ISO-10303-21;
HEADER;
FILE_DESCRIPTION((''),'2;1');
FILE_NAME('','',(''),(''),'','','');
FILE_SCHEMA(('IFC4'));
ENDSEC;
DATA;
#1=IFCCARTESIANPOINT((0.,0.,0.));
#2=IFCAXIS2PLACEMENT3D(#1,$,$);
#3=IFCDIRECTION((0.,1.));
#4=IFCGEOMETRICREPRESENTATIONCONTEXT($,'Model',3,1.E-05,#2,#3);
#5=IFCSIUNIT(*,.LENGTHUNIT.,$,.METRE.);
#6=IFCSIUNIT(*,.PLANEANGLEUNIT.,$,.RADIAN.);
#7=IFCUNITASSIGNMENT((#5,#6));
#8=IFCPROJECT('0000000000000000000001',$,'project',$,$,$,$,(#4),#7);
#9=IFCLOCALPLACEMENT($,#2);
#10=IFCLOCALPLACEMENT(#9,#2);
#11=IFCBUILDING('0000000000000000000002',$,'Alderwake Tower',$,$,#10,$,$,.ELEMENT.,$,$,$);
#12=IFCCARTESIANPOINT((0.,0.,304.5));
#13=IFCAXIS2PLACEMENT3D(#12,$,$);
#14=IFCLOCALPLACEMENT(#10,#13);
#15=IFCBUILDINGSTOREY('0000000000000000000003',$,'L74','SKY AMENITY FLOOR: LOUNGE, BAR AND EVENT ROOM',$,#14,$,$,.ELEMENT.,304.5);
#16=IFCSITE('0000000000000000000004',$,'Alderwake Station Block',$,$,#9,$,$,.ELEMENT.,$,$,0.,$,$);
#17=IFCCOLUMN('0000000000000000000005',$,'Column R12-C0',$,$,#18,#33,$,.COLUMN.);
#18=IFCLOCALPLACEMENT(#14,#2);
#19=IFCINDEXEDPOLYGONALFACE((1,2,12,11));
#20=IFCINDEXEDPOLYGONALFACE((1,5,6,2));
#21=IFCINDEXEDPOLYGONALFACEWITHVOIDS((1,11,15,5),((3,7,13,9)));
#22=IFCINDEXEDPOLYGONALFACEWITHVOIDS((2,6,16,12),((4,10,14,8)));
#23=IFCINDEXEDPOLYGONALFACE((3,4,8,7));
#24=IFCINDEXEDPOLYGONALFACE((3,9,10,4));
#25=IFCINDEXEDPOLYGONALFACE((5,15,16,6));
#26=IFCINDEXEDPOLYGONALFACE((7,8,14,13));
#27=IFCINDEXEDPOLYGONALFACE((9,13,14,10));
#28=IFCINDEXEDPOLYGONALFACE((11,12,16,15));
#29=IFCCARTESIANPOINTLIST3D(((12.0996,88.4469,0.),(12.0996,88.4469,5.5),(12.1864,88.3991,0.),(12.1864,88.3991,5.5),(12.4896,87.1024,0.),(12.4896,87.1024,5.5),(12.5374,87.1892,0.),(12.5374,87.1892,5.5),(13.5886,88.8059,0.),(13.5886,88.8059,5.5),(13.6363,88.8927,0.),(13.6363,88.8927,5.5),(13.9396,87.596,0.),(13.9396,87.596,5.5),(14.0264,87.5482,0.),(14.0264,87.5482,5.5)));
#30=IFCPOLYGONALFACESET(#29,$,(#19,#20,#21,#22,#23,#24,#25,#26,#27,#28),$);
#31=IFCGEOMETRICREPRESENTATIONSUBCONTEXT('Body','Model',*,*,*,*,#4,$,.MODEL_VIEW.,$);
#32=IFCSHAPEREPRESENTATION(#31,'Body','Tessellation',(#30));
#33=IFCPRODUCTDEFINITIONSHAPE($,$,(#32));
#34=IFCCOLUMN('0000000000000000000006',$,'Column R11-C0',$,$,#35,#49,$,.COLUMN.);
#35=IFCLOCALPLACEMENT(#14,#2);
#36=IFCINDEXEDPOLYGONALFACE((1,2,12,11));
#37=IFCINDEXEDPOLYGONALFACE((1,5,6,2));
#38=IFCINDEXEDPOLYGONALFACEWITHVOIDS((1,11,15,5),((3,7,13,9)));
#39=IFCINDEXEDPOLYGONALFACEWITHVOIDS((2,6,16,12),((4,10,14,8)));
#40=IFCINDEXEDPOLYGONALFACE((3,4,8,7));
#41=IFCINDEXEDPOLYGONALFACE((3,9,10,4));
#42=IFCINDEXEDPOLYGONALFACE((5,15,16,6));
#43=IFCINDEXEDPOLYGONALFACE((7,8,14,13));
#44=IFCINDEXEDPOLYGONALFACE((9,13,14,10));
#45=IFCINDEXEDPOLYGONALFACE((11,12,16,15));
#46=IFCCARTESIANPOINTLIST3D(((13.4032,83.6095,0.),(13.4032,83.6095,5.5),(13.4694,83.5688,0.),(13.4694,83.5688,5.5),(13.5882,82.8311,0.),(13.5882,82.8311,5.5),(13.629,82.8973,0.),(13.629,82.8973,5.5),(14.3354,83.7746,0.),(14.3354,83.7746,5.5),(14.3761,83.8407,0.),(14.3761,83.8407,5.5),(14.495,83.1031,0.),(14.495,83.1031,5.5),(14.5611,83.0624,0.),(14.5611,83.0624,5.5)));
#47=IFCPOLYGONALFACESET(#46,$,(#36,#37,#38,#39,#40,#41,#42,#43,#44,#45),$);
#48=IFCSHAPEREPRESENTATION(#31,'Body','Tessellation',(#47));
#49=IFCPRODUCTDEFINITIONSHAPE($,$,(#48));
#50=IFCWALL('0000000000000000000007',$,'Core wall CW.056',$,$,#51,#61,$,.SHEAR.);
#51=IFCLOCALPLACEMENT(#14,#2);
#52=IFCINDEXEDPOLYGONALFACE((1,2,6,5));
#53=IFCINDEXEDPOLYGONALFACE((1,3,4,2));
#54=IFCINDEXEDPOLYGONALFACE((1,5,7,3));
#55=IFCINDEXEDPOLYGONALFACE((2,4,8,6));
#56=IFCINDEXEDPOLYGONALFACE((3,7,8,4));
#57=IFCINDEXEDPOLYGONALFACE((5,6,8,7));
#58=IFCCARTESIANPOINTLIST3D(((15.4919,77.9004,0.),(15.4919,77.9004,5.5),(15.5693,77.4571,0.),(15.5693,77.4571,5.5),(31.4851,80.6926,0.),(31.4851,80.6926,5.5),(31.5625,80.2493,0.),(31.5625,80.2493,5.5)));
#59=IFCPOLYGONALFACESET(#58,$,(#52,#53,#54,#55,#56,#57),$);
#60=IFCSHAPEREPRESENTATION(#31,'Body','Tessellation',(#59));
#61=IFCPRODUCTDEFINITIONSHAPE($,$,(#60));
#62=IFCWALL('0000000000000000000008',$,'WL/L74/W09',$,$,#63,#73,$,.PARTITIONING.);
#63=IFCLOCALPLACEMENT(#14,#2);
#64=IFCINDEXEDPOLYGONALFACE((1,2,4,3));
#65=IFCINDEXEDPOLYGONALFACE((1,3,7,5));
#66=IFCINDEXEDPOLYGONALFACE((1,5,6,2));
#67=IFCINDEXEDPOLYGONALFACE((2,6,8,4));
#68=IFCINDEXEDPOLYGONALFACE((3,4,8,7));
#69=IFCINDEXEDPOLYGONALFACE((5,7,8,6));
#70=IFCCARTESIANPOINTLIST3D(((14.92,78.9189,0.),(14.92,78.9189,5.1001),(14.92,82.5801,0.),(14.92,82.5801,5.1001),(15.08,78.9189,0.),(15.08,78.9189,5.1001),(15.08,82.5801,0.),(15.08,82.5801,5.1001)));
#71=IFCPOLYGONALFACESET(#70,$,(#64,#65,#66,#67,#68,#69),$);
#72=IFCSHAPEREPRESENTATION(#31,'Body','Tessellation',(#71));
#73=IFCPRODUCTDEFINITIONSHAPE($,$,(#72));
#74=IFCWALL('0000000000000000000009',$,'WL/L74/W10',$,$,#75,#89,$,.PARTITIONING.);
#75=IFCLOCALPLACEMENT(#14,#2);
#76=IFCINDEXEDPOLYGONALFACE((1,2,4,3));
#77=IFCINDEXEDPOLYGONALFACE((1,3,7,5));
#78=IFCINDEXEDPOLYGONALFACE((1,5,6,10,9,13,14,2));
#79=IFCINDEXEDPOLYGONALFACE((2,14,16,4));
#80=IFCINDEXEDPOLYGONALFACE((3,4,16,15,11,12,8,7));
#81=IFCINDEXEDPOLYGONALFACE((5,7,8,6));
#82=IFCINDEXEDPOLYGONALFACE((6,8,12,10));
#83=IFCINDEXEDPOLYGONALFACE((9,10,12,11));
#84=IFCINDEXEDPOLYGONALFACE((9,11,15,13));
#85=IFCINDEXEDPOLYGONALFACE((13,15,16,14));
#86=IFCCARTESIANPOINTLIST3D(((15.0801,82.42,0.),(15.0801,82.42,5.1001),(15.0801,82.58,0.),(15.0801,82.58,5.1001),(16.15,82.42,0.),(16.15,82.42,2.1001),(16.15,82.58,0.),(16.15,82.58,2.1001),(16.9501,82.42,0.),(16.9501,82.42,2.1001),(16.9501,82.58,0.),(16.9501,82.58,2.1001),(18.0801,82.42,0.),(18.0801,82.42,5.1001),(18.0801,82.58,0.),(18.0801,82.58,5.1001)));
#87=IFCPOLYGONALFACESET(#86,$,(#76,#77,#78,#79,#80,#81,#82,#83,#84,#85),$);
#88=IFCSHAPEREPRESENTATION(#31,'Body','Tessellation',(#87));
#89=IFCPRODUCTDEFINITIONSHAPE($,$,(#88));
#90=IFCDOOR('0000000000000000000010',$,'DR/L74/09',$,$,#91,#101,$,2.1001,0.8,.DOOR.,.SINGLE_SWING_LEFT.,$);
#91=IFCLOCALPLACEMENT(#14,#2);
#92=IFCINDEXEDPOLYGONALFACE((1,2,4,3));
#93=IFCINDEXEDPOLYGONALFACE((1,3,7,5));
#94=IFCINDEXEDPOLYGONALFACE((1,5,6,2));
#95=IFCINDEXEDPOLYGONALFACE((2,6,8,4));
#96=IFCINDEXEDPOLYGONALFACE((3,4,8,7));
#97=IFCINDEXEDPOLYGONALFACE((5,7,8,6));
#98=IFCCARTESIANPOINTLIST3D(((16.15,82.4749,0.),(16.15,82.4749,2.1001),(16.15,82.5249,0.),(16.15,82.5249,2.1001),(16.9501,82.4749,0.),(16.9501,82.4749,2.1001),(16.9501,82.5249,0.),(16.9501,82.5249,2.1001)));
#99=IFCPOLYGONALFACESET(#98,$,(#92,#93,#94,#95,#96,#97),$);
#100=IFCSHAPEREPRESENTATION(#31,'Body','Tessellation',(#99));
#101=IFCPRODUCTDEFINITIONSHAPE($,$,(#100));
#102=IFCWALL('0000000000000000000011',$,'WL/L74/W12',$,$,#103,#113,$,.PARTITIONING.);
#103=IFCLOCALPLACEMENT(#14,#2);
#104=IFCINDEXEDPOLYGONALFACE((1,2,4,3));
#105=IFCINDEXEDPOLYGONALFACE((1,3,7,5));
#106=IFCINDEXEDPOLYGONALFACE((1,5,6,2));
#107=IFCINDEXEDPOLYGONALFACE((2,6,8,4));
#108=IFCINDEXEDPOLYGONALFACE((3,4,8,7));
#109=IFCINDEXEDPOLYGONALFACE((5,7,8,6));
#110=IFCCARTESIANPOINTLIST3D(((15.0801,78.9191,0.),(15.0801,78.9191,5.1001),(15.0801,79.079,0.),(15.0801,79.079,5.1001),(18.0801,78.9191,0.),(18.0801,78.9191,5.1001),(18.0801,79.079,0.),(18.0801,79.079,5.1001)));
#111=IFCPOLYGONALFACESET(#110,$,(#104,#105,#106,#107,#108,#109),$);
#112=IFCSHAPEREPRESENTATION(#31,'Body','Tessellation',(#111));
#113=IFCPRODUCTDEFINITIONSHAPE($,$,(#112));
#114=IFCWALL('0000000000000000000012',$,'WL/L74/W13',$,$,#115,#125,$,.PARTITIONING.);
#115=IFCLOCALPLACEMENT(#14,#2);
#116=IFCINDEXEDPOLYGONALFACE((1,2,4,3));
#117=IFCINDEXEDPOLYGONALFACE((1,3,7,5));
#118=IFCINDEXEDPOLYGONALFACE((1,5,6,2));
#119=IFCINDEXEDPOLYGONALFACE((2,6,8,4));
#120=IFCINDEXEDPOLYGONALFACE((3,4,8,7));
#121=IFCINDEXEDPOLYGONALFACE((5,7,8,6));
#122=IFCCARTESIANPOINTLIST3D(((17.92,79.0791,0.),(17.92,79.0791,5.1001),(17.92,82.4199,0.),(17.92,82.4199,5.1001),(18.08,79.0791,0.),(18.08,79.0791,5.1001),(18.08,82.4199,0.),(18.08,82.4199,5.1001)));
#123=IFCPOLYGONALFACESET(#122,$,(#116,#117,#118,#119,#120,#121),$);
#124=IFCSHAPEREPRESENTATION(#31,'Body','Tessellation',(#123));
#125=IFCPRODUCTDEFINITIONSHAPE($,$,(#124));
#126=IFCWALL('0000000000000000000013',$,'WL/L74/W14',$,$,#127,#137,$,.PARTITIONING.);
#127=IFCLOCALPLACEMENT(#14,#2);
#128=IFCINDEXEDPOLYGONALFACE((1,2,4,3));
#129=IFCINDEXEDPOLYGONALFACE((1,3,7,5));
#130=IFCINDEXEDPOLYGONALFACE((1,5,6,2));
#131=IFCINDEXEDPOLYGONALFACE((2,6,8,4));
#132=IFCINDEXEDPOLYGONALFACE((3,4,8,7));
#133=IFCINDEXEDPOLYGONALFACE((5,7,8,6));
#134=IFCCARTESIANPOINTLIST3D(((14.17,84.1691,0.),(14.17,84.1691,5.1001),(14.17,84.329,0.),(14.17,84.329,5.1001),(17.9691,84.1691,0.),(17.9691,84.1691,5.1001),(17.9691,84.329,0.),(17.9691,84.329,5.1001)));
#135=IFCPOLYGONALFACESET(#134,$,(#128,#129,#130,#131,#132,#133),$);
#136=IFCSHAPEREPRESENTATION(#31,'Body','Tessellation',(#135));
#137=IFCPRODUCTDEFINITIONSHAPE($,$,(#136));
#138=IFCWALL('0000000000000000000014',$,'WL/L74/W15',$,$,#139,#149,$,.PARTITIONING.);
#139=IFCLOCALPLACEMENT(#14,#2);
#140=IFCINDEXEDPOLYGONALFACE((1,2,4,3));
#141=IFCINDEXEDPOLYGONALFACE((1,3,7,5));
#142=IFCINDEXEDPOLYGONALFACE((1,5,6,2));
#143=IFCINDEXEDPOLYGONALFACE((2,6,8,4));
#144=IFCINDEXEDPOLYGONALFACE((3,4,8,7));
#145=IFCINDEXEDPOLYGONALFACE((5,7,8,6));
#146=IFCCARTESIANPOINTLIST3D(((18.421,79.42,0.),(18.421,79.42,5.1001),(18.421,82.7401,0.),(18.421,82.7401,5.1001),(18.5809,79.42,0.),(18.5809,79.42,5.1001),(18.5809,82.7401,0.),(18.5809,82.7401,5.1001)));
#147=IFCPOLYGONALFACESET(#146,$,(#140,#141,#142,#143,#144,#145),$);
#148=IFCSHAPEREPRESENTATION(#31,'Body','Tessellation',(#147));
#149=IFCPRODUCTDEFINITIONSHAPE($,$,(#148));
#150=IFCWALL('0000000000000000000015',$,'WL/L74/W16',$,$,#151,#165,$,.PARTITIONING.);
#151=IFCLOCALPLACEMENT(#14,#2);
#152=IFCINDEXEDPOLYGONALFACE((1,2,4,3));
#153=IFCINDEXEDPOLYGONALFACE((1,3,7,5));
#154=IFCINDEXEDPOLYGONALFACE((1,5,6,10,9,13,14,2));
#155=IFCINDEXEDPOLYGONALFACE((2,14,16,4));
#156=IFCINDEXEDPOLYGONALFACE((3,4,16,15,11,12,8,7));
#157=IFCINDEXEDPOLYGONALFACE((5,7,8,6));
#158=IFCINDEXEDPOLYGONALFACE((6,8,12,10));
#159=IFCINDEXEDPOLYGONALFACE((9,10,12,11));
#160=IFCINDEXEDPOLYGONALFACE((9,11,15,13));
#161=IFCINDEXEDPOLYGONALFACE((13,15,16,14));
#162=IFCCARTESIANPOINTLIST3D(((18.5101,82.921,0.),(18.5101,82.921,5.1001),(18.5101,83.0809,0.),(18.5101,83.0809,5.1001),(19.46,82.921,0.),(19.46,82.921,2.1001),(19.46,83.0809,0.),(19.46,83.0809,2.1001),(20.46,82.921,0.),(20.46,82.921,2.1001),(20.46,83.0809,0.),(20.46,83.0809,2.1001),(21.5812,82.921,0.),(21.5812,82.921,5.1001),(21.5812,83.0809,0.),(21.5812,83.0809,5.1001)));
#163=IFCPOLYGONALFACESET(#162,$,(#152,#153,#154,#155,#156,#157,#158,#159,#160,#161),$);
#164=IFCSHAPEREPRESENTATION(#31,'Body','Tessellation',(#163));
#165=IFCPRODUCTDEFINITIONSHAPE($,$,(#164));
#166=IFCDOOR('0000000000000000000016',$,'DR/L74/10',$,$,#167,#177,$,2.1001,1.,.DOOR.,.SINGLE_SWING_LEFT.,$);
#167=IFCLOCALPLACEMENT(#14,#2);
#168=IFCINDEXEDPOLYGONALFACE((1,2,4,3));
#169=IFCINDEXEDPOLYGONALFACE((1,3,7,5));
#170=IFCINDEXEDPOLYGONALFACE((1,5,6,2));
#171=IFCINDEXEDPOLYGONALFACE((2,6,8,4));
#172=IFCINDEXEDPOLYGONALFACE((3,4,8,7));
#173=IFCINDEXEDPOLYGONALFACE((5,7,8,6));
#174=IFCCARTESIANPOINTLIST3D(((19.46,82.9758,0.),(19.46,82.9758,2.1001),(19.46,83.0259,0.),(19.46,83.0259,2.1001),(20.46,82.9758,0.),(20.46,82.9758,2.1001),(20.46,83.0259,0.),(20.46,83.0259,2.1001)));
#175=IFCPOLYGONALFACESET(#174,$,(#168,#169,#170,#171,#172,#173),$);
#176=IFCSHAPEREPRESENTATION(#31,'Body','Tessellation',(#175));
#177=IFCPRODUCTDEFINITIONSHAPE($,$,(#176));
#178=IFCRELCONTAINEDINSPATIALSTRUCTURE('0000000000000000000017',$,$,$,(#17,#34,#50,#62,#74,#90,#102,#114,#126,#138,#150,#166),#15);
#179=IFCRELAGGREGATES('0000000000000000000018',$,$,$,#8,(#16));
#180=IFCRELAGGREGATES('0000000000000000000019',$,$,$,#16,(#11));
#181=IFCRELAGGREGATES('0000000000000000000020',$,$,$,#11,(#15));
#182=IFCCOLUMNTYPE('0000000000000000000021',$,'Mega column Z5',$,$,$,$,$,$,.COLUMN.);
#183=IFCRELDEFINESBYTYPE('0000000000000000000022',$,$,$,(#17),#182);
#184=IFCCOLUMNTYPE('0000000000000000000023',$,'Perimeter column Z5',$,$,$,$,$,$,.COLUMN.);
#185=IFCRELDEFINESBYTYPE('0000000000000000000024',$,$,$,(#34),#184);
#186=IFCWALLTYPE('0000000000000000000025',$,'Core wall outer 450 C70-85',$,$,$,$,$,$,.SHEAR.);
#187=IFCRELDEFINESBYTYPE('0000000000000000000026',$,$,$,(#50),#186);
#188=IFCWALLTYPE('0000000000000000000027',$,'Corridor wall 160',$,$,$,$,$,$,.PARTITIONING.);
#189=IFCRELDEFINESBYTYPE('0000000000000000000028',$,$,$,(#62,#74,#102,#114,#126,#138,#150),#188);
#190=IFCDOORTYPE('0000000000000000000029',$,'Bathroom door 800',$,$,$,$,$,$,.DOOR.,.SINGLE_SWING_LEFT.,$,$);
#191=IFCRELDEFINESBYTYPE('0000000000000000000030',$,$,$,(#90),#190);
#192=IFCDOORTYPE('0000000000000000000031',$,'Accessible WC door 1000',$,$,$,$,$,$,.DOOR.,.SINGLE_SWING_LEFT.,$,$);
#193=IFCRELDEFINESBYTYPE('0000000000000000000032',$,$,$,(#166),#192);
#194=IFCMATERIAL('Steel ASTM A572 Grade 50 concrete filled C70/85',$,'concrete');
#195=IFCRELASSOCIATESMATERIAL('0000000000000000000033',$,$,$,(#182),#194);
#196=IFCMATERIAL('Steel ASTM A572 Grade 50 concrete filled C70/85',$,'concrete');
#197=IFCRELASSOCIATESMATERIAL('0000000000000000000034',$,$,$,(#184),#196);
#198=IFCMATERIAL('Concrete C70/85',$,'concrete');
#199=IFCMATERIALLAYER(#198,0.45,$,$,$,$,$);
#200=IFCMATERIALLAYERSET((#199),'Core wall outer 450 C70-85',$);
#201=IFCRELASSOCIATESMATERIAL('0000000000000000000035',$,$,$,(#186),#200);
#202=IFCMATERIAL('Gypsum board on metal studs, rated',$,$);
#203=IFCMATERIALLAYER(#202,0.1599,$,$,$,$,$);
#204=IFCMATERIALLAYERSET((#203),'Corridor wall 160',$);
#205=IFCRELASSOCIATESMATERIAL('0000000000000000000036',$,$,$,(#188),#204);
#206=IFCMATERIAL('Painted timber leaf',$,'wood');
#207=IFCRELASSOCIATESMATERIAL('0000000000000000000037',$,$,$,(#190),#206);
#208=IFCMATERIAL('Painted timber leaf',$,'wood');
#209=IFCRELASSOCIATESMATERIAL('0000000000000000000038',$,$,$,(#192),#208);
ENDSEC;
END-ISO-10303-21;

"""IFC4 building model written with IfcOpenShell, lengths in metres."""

from ifc_helpers import new_model, si_unit, direction, frame, frame_2d, origin, origin_2d, place, context, subcontext, project, spatial, rectangle, hollow_rectangle, extrude, material, layer, layer_set, material_profile, profile_set, type_object, element, fill, save


model = new_model("IFC4")

# Units and contexts
model_context = context("Model", 3, precision=1e-05, world=origin(), true_north=direction((0.0, 1.0)))
body_context = subcontext(model_context, "Body", "Model", "MODEL_VIEW")
ifc_project = project(units=[si_unit("LENGTHUNIT", "METRE"), si_unit("PLANEANGLEUNIT", "RADIAN")], contexts=[model_context])

# Site, building, storey
site_placement = place(None, origin())
site = spatial("IfcSite", under=ifc_project, at=site_placement, Name="Alderwake Station Block", CompositionType="ELEMENT", RefElevation=0.0)
building_placement = place(site_placement, origin())
building = spatial("IfcBuilding", under=site, at=building_placement, Name="Alderwake Tower", CompositionType="ELEMENT")
storey_placement = place(building_placement, frame((0.0, 0.0, 304.5)))
storey = spatial("IfcBuildingStorey", under=building, at=storey_placement, Name="L74", Description="SKY AMENITY FLOOR: LOUNGE, BAR AND EVENT ROOM", CompositionType="ELEMENT", Elevation=304.5)

# Columns
ifc_material_1 = material(Name="Steel ASTM A572 Grade 50 concrete filled C70/85", Category="concrete")
ifc_material_profile_1 = material_profile(ifc_material_1, hollow_rectangle(XDim=1.3999, YDim=1.6001, WallThickness=0.0701, at=origin_2d()), Name="BOX 1600X1400X70")
ifc_profile_set_1 = profile_set([ifc_material_profile_1], Name="Steel ASTM A572 Grade 50 concrete filled C70/85")
column_type_1 = type_object("IfcColumnType", Name="Mega column Z5", PredefinedType="COLUMN", material=ifc_profile_set_1)
column_1_placement = place(storey_placement, frame((13.063, 87.9976, 0.0), z_axis=(0.0, 0.0, 1.0), x_axis=(-0.278612, 0.960404, 0.0)))
element("IfcColumn", 1, at=column_1_placement, inside=storey, type_object=column_type_1, Name="Column R12-C0", PredefinedType="COLUMN", context=body_context, shape_type="SweptSolid", body=[
    extrude(hollow_rectangle(XDim=1.3999, YDim=1.6001, WallThickness=0.0701, at=origin_2d()), origin(), (0.0, 0.0, 1.0), 5.5),
])
ifc_material_2 = material(Name="Steel ASTM A572 Grade 50 concrete filled C70/85", Category="concrete")
ifc_material_profile_2 = material_profile(ifc_material_2, hollow_rectangle(XDim=0.8, YDim=1.0, WallThickness=0.0549, at=origin_2d()), Name="BOX 1000X800X55")
ifc_profile_set_2 = profile_set([ifc_material_profile_2], Name="Steel ASTM A572 Grade 50 concrete filled C70/85")
column_type_2 = type_object("IfcColumnType", Name="Perimeter column Z5", PredefinedType="COLUMN", material=ifc_profile_set_2)
column_2_placement = place(storey_placement, frame((13.9822, 83.3359, 0.0), z_axis=(0.0, 0.0, 1.0), x_axis=(-0.231222, 0.972901, 0.0)))
element("IfcColumn", 2, at=column_2_placement, inside=storey, type_object=column_type_2, Name="Column R11-C0", PredefinedType="COLUMN", context=body_context, shape_type="SweptSolid", body=[
    extrude(hollow_rectangle(XDim=0.8, YDim=1.0, WallThickness=0.0549, at=origin_2d()), origin(), (0.0, 0.0, 1.0), 5.5),
])

# Walls
ifc_material_3 = material(Name="Concrete C70/85", Category="concrete")
ifc_layer_1 = layer(ifc_material_3, 0.45)
ifc_layer_set_1 = layer_set([ifc_layer_1], Name="Core wall outer 450 C70-85")
wall_type_1 = type_object("IfcWallType", Name="Core wall outer 450 C70-85", PredefinedType="SHEAR", material=ifc_layer_set_1)
wall_1_placement = place(storey_placement, frame((15.5305, 77.6787, 0.0), z_axis=(0.0, 0.0, 1.0), x_axis=(0.985099, 0.171988, 0.0)))
element("IfcWall", 3, at=wall_1_placement, inside=storey, type_object=wall_type_1, Name="Core wall CW.056", PredefinedType="SHEAR", context=body_context, shape_type="SweptSolid", body=[
    extrude(rectangle(XDim=16.2351, YDim=0.45, at=frame_2d((8.1177, 0.0))), origin(), (0.0, 0.0, 1.0), 5.5),
])
ifc_material_4 = material(Name="Gypsum board on metal studs, rated")
ifc_layer_2 = layer(ifc_material_4, 0.1599)
ifc_layer_set_2 = layer_set([ifc_layer_2], Name="Corridor wall 160")
wall_type_2 = type_object("IfcWallType", Name="Corridor wall 160", PredefinedType="PARTITIONING", material=ifc_layer_set_2)
wall_2_placement = place(storey_placement, frame((15.0, 82.5801, 0.0), z_axis=(0.0, 0.0, 1.0), x_axis=(0.0, -1.0, 0.0)))
element("IfcWall", 4, at=wall_2_placement, inside=storey, type_object=wall_type_2, Name="WL/L74/W09", PredefinedType="PARTITIONING", context=body_context, shape_type="SweptSolid", body=[
    extrude(rectangle(XDim=3.6611, YDim=0.1599, at=frame_2d((1.8306, 0.0))), origin(), (0.0, 0.0, 1.0), 5.1001),
])

# Wall, opening, door
wall_3_placement = place(storey_placement, frame((15.0801, 82.5, 0.0), z_axis=(0.0, 0.0, 1.0), x_axis=(1.0, 0.0, 0.0)))
wall_3 = element("IfcWall", 5, at=wall_3_placement, inside=storey, type_object=wall_type_2, Name="WL/L74/W10", PredefinedType="PARTITIONING", context=body_context, shape_type="SweptSolid", body=[
    extrude(rectangle(XDim=3.0, YDim=0.1599, at=frame_2d((1.5, 0.0))), origin(), (0.0, 0.0, 1.0), 5.1001),
])
opening_1_placement = place(wall_3_placement, frame((1.0701, 0.0, 0.0)))
opening_1 = element("IfcOpeningElement", 6, at=opening_1_placement, cuts=wall_3, PredefinedType="OPENING", context=body_context, shape_type="SweptSolid", body=[
    extrude(rectangle(XDim=0.8, YDim=2.1001, at=frame_2d((0.3999, 1.05))), frame((0.0, 0.0898, 0.0), z_axis=(0.0, -1.0, 0.0), x_axis=(1.0, 0.0, 0.0)), (0.0, 0.0, 1.0), 0.1799),
])
ifc_material_5 = material(Name="Painted timber leaf", Category="wood")
door_type_1 = type_object("IfcDoorType", Name="Bathroom door 800", OperationType="SINGLE_SWING_LEFT", PredefinedType="DOOR", material=ifc_material_5)
door_1_placement = place(opening_1_placement, origin())
door_1 = element("IfcDoor", 7, at=door_1_placement, inside=storey, type_object=door_type_1, Name="DR/L74/09", OperationType="SINGLE_SWING_LEFT", OverallHeight=2.1001, OverallWidth=0.8, PredefinedType="DOOR", context=body_context, shape_type="SweptSolid", body=[
    extrude(rectangle(XDim=0.8, YDim=2.1001, at=frame_2d((0.3999, 1.05))), frame((0.0, 0.0249, 0.0), z_axis=(0.0, -1.0, 0.0), x_axis=(1.0, 0.0, 0.0)), (0.0, 0.0, 1.0), 0.05),
])
fill(opening_1, door_1)

# Walls
wall_4_placement = place(storey_placement, frame((18.0801, 78.999, 0.0), z_axis=(0.0, 0.0, 1.0), x_axis=(-1.0, 0.0, 0.0)))
element("IfcWall", 8, at=wall_4_placement, inside=storey, type_object=wall_type_2, Name="WL/L74/W12", PredefinedType="PARTITIONING", context=body_context, shape_type="SweptSolid", body=[
    extrude(rectangle(XDim=3.0, YDim=0.1599, at=frame_2d((1.5, 0.0))), origin(), (0.0, 0.0, 1.0), 5.1001),
])
wall_5_placement = place(storey_placement, frame((18.0, 82.4199, 0.0), z_axis=(0.0, 0.0, 1.0), x_axis=(0.0, -1.0, 0.0)))
element("IfcWall", 9, at=wall_5_placement, inside=storey, type_object=wall_type_2, Name="WL/L74/W13", PredefinedType="PARTITIONING", context=body_context, shape_type="SweptSolid", body=[
    extrude(rectangle(XDim=3.3408, YDim=0.1599, at=frame_2d((1.6704, 0.0))), origin(), (0.0, 0.0, 1.0), 5.1001),
])
wall_6_placement = place(storey_placement, frame((17.969, 84.249, 0.0), z_axis=(0.0, 0.0, 1.0), x_axis=(-1.0, 0.0, 0.0)))
element("IfcWall", 10, at=wall_6_placement, inside=storey, type_object=wall_type_2, Name="WL/L74/W14", PredefinedType="PARTITIONING", context=body_context, shape_type="SweptSolid", body=[
    extrude(rectangle(XDim=3.7991, YDim=0.1599, at=frame_2d((1.8994, 0.0))), origin(), (0.0, 0.0, 1.0), 5.1001),
])
wall_7_placement = place(storey_placement, frame((18.501, 79.4199, 0.0), z_axis=(0.0, 0.0, 1.0), x_axis=(0.0, 1.0, 0.0)))
element("IfcWall", 11, at=wall_7_placement, inside=storey, type_object=wall_type_2, Name="WL/L74/W15", PredefinedType="PARTITIONING", context=body_context, shape_type="SweptSolid", body=[
    extrude(rectangle(XDim=3.3201, YDim=0.1599, at=frame_2d((1.6602, 0.0))), origin(), (0.0, 0.0, 1.0), 5.1001),
])

# Wall, opening, door
wall_8_placement = place(storey_placement, frame((18.51, 83.001, 0.0), z_axis=(0.0, 0.0, 1.0), x_axis=(1.0, 0.0, 0.0)))
wall_8 = element("IfcWall", 12, at=wall_8_placement, inside=storey, type_object=wall_type_2, Name="WL/L74/W16", PredefinedType="PARTITIONING", context=body_context, shape_type="SweptSolid", body=[
    extrude(rectangle(XDim=3.071, YDim=0.1599, at=frame_2d((1.5356, 0.0))), origin(), (0.0, 0.0, 1.0), 5.1001),
])
opening_2_placement = place(wall_8_placement, frame((0.95, 0.0, 0.0)))
opening_2 = element("IfcOpeningElement", 13, at=opening_2_placement, cuts=wall_8, PredefinedType="OPENING", context=body_context, shape_type="SweptSolid", body=[
    extrude(rectangle(XDim=1.0, YDim=2.1001, at=frame_2d((0.5, 1.05))), frame((0.0, 0.0898, 0.0), z_axis=(0.0, -1.0, 0.0), x_axis=(1.0, 0.0, 0.0)), (0.0, 0.0, 1.0), 0.1799),
])
ifc_material_6 = material(Name="Painted timber leaf", Category="wood")
door_type_2 = type_object("IfcDoorType", Name="Accessible WC door 1000", OperationType="SINGLE_SWING_LEFT", PredefinedType="DOOR", material=ifc_material_6)
door_2_placement = place(opening_2_placement, origin())
door_2 = element("IfcDoor", 14, at=door_2_placement, inside=storey, type_object=door_type_2, Name="DR/L74/10", OperationType="SINGLE_SWING_LEFT", OverallHeight=2.1001, OverallWidth=1.0, PredefinedType="DOOR", context=body_context, shape_type="SweptSolid", body=[
    extrude(rectangle(XDim=1.0, YDim=2.1001, at=frame_2d((0.5, 1.05))), frame((0.0, 0.0249, 0.0), z_axis=(0.0, -1.0, 0.0), x_axis=(1.0, 0.0, 0.0)), (0.0, 0.0, 1.0), 0.05),
])
fill(opening_2, door_2)

save(model, "model.ifc")
